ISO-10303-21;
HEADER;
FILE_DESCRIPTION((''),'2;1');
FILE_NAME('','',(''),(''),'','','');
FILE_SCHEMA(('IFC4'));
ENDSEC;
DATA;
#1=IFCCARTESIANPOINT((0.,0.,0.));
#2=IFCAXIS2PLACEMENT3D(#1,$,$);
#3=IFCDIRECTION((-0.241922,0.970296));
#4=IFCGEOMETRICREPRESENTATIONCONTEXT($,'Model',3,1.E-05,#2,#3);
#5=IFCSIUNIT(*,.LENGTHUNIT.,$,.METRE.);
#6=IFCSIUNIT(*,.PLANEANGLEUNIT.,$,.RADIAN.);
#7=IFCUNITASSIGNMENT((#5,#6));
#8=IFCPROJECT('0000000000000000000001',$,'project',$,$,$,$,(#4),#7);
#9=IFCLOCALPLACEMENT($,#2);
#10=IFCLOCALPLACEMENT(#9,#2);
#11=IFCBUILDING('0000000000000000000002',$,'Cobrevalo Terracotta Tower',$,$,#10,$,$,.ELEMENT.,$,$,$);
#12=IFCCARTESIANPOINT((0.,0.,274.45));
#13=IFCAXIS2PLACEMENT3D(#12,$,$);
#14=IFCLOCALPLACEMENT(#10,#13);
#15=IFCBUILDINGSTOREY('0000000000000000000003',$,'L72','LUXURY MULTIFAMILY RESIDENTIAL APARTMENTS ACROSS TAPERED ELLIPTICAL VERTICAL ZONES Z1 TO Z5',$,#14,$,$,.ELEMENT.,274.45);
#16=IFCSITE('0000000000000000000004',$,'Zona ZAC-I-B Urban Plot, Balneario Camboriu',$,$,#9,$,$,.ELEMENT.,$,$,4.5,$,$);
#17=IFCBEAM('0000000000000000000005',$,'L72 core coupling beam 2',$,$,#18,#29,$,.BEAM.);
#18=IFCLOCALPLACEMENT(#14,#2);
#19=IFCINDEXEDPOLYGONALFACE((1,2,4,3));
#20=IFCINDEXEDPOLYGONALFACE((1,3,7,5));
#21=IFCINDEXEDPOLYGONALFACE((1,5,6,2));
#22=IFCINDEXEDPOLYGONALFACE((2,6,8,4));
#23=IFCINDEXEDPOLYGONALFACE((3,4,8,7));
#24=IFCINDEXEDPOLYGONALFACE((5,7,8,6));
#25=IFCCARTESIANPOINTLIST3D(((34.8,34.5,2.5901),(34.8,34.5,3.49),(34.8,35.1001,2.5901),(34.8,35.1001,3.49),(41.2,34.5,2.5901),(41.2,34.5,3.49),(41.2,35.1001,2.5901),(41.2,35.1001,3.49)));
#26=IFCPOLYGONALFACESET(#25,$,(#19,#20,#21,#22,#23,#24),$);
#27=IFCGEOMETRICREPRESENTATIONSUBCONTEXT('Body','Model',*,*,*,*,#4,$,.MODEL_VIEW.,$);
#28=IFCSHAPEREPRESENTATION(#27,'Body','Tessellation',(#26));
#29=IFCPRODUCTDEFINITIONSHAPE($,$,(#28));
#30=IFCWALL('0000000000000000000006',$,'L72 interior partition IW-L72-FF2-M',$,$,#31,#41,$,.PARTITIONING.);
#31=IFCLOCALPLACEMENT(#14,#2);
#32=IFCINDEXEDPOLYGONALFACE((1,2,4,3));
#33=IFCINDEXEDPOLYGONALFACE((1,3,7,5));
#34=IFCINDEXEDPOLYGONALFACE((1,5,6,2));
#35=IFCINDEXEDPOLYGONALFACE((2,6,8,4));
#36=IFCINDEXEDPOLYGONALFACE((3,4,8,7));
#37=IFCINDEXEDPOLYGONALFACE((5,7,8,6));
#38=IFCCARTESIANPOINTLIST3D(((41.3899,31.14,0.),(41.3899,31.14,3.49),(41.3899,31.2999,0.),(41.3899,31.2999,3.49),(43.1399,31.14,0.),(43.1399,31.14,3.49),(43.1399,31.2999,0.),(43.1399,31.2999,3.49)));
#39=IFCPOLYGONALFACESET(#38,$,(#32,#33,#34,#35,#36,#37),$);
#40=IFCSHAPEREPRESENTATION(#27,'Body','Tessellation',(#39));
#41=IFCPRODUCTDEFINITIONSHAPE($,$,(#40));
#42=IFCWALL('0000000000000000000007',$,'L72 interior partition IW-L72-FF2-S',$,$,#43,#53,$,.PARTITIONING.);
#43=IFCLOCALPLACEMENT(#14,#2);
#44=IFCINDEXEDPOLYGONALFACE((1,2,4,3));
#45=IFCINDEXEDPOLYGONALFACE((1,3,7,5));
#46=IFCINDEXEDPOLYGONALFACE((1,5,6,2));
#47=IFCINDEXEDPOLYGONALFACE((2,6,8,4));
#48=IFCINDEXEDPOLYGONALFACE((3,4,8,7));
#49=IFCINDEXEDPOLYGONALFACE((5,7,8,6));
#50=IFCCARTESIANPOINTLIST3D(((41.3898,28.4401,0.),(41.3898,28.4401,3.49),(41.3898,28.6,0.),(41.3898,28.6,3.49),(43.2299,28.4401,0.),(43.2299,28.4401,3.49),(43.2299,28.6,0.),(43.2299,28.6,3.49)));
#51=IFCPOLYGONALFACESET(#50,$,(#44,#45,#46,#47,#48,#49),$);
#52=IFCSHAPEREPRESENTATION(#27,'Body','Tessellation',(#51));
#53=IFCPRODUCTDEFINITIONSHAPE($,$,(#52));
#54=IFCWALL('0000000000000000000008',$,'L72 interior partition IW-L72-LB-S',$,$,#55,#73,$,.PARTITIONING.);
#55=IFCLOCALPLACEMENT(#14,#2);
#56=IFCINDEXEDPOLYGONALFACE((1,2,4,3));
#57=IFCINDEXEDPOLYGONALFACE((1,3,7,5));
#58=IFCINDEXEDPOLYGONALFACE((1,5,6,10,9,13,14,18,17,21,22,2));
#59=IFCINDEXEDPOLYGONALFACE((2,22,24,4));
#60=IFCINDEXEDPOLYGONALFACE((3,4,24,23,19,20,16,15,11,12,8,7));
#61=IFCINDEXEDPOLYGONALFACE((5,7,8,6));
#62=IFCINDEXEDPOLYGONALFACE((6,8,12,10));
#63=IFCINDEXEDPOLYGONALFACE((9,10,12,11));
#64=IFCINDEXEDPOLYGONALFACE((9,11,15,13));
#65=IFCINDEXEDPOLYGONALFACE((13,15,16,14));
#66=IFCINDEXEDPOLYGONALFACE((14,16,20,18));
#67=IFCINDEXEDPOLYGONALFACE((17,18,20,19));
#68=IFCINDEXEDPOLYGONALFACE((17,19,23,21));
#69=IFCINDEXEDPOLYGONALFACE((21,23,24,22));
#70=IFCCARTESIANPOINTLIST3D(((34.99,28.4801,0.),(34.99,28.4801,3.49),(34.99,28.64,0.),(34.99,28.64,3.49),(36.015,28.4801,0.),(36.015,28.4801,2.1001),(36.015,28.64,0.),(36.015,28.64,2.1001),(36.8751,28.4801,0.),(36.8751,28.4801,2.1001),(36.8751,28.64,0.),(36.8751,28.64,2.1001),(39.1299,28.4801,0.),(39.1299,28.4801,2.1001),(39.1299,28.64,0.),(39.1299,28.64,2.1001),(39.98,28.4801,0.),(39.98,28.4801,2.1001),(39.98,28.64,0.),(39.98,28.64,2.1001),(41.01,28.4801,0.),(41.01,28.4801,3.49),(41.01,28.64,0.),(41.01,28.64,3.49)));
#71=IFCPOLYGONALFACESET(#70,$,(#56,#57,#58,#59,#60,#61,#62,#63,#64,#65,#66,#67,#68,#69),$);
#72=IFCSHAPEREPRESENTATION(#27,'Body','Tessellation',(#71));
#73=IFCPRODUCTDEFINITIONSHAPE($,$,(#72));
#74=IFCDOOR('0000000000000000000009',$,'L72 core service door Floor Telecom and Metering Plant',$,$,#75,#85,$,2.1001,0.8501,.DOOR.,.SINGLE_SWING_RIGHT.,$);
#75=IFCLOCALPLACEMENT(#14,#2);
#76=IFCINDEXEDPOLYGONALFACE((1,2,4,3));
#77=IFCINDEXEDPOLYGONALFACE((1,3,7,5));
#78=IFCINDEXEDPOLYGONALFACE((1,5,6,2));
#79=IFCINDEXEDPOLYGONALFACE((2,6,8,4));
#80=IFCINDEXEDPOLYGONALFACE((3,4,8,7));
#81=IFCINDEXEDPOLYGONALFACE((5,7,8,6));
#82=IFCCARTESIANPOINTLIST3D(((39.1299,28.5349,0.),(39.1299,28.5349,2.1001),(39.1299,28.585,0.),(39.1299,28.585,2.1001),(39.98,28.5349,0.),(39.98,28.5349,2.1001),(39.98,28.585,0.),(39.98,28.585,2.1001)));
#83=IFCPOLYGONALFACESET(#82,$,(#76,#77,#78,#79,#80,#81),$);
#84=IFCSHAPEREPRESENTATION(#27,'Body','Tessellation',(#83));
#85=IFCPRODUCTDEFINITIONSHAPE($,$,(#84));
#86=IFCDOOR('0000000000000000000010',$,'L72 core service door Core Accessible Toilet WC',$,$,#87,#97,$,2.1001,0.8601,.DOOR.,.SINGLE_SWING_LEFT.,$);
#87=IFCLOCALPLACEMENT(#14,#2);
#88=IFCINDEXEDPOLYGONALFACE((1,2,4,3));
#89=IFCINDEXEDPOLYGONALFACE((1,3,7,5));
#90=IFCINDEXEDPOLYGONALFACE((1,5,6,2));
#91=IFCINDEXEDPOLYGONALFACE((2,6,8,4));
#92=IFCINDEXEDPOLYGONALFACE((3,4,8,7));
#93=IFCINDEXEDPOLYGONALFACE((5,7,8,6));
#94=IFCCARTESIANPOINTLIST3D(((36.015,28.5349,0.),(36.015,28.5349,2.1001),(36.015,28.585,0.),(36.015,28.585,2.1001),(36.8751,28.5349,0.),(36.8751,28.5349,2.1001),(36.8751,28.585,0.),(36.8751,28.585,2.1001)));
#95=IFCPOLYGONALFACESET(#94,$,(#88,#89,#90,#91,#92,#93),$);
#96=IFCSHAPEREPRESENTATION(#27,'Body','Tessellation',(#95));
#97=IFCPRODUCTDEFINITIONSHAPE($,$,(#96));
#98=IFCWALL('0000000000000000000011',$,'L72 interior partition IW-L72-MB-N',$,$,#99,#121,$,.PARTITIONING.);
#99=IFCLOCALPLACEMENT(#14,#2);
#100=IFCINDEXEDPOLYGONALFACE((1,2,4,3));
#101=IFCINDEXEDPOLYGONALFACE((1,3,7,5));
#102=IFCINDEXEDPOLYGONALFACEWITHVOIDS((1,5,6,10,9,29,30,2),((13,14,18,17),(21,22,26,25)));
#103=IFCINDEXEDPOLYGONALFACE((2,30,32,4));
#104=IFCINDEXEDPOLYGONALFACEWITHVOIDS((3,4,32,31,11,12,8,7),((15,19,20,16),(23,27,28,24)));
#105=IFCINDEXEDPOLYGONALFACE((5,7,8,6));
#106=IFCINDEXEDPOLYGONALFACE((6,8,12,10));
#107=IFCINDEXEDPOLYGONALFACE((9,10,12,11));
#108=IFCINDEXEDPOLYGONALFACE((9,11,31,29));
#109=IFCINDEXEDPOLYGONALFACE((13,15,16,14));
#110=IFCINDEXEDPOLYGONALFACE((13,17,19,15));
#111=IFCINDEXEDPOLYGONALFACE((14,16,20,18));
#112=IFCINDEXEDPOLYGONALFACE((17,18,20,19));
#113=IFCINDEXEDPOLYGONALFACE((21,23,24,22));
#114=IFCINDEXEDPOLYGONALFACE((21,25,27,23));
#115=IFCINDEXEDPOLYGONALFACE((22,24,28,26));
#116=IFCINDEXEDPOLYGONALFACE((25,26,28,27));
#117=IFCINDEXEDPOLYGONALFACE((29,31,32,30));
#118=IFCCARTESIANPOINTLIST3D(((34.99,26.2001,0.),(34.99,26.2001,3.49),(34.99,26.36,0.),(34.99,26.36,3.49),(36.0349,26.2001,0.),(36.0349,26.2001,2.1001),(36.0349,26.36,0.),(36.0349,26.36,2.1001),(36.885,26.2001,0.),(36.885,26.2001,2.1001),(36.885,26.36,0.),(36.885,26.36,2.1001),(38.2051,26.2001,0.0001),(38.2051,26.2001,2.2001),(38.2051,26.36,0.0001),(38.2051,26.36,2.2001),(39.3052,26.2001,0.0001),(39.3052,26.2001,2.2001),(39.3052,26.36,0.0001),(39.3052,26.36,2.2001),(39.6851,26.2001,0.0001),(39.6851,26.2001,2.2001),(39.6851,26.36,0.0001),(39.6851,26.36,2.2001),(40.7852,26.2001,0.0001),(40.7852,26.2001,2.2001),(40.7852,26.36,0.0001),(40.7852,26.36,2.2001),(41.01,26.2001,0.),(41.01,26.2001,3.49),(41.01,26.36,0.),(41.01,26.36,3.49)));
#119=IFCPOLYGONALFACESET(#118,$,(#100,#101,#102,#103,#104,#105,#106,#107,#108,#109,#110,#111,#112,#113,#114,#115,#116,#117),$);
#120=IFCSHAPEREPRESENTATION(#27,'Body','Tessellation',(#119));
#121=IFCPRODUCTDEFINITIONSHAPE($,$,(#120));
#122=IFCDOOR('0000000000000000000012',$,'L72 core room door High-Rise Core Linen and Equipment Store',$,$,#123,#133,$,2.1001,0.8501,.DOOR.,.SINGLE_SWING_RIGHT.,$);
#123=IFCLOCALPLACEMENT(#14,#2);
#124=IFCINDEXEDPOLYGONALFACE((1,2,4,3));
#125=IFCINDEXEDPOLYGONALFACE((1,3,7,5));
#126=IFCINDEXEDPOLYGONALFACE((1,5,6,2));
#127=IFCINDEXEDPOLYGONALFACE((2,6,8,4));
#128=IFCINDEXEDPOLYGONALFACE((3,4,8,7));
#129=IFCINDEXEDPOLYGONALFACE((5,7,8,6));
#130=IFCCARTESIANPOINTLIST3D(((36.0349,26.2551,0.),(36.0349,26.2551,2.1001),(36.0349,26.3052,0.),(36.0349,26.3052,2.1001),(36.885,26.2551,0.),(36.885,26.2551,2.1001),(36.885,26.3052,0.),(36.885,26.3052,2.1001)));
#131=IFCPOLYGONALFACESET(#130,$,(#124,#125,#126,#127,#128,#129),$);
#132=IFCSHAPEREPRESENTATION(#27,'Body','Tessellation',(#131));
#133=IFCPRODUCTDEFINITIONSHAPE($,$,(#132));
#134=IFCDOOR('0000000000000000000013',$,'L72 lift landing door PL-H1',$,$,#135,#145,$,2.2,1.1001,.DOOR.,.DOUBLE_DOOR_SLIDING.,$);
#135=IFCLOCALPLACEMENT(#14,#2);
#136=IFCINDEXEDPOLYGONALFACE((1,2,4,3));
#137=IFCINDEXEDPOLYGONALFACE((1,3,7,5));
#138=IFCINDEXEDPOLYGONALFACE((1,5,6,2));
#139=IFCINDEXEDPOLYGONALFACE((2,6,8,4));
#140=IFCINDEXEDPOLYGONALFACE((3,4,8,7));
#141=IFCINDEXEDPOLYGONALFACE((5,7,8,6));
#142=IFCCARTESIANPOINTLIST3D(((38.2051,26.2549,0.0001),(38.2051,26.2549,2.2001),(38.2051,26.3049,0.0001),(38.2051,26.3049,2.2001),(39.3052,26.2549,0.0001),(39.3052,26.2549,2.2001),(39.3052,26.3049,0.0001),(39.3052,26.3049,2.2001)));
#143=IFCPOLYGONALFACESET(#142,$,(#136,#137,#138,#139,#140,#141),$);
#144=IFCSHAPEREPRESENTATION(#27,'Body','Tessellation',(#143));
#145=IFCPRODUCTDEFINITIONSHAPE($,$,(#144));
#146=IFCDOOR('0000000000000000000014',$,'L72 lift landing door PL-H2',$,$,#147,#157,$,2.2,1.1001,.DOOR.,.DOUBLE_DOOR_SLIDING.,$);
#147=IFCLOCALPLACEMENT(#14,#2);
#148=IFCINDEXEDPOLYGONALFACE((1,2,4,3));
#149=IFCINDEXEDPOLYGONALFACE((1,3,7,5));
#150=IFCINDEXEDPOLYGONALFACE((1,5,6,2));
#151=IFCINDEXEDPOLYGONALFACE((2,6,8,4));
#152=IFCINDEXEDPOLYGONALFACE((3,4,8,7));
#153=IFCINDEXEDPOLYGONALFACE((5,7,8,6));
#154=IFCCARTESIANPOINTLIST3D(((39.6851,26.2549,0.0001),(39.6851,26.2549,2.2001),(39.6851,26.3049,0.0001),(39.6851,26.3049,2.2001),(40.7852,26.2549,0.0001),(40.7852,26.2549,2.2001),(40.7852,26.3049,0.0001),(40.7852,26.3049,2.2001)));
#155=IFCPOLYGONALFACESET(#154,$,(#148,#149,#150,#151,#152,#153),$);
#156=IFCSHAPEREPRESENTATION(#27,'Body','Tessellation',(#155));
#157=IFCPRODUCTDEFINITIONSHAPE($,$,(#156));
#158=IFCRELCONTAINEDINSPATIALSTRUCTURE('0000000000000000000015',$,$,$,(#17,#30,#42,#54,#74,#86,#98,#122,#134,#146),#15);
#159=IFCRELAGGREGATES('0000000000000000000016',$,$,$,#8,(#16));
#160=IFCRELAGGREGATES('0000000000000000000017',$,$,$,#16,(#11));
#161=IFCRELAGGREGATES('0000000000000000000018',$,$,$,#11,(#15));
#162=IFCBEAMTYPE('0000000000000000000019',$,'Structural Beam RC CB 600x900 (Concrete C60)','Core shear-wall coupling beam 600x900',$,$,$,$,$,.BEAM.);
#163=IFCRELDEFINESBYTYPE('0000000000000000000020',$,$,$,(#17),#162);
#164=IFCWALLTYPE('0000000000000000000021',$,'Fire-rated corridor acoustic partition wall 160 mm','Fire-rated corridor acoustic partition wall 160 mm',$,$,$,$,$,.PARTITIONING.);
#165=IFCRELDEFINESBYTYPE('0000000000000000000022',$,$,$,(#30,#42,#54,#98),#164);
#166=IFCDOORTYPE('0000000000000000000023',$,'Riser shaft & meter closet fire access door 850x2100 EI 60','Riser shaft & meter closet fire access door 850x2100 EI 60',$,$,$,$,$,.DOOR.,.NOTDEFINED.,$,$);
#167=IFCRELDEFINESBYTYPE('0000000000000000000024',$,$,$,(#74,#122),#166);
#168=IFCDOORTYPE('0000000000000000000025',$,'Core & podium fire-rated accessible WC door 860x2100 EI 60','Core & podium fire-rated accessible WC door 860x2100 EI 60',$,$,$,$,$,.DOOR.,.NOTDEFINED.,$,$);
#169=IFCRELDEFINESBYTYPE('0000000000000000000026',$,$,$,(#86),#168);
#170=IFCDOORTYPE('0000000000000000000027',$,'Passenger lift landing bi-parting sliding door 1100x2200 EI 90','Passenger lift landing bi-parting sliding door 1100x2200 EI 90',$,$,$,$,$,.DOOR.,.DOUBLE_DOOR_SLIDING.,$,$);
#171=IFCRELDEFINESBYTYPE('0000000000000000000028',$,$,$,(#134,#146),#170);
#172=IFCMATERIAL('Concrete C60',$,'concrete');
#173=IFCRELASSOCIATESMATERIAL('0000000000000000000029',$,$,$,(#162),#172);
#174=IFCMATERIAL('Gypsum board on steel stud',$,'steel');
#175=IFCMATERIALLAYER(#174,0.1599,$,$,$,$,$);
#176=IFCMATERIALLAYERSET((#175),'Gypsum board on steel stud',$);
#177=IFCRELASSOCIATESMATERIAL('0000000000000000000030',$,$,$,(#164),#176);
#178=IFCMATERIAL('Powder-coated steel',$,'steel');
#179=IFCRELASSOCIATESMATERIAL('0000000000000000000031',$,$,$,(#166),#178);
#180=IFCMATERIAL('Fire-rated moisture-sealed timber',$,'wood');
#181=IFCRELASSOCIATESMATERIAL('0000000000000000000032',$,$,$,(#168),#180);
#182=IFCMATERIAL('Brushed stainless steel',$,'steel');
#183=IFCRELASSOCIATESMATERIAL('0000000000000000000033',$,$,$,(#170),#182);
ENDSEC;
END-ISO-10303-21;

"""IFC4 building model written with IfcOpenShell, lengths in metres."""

from ifc_helpers import new_model, si_unit, direction, frame, frame_2d, origin, origin_2d, place, context, subcontext, project, spatial, rectangle, extrude, source, transform, mapped, material, layer, layer_set, material_profile, profile_set, type_object, element, fill, save


model = new_model("IFC4")

# Units and contexts
model_context = context("Model", 3, precision=1e-05, world=origin(), true_north=direction((-0.241922, 0.970296)))
body_context = subcontext(model_context, "Body", "Model", "MODEL_VIEW")
ifc_project = project(units=[si_unit("LENGTHUNIT", "METRE"), si_unit("PLANEANGLEUNIT", "RADIAN")], contexts=[model_context])

# Site, building, storey
site_placement = place(None, origin())
site = spatial("IfcSite", under=ifc_project, at=site_placement, Name="Zona ZAC-I-B Urban Plot, Balneario Camboriu", CompositionType="ELEMENT", RefElevation=4.5)
building_placement = place(site_placement, origin())
building = spatial("IfcBuilding", under=site, at=building_placement, Name="Cobrevalo Terracotta Tower", CompositionType="ELEMENT")
storey_placement = place(building_placement, frame((0.0, 0.0, 274.45)))
storey = spatial("IfcBuildingStorey", under=building, at=storey_placement, Name="L72", Description="LUXURY MULTIFAMILY RESIDENTIAL APARTMENTS ACROSS TAPERED ELLIPTICAL VERTICAL ZONES Z1 TO Z5", CompositionType="ELEMENT", Elevation=274.45)

# Beam
ifc_material_1 = material(Name="Concrete C60", Category="concrete")
ifc_material_profile = material_profile(ifc_material_1, rectangle(XDim=0.6001, YDim=0.8999, at=origin_2d()), Name="RC CB 600x900")
ifc_profile_set = profile_set([ifc_material_profile], Name="Concrete C60")
beam_type = type_object("IfcBeamType", Name="Structural Beam RC CB 600x900 (Concrete C60)", Description="Core shear-wall coupling beam 600x900", PredefinedType="BEAM", material=ifc_profile_set)
beam_placement = place(storey_placement, frame((34.8, 34.8, 3.04), z_axis=(1.0, 0.0, 0.0), x_axis=(0.0, 1.0, 0.0)))
element("IfcBeam", 1, at=beam_placement, inside=storey, type_object=beam_type, Name="L72 core coupling beam 2", PredefinedType="BEAM", context=body_context, shape_type="SweptSolid", body=[
    extrude(rectangle(XDim=0.6001, YDim=0.8999, at=origin_2d()), origin(), (0.0, 0.0, 1.0), 6.3999),
])

# Walls
ifc_material_2 = material(Name="Gypsum board on steel stud", Category="steel")
ifc_layer_1 = layer(ifc_material_2, 0.1599)
ifc_layer_set_1 = layer_set([ifc_layer_1], Name="Gypsum board on steel stud")
wall_type_1 = type_object("IfcWallType", Name="Fire-rated corridor acoustic partition wall 160 mm", Description="Fire-rated corridor acoustic partition wall 160 mm", PredefinedType="PARTITIONING", material=ifc_layer_set_1)
wall_1_placement = place(storey_placement, frame((41.3899, 31.22, 0.0), z_axis=(0.0, 0.0, 1.0), x_axis=(1.0, 0.0, 0.0)))
element("IfcWall", 2, at=wall_1_placement, inside=storey, type_object=wall_type_1, Name="L72 interior partition IW-L72-FF2-M", PredefinedType="PARTITIONING", context=body_context, shape_type="SweptSolid", body=[
    extrude(rectangle(XDim=1.75, YDim=0.1599, at=frame_2d((0.875, 0.0))), origin(), (0.0, 0.0, 1.0), 3.49),
])
wall_2_placement = place(storey_placement, frame((41.3899, 28.52, 0.0), z_axis=(0.0, 0.0, 1.0), x_axis=(1.0, 0.0, 0.0)))
element("IfcWall", 3, at=wall_2_placement, inside=storey, type_object=wall_type_1, Name="L72 interior partition IW-L72-FF2-S", PredefinedType="PARTITIONING", context=body_context, shape_type="SweptSolid", body=[
    extrude(rectangle(XDim=1.8401, YDim=0.1599, at=frame_2d((0.9199, 0.0))), origin(), (0.0, 0.0, 1.0), 3.49),
])

# Walls, openings, doors
wall_3_placement = place(storey_placement, frame((34.99, 28.5601, 0.0), z_axis=(0.0, 0.0, 1.0), x_axis=(1.0, 0.0, 0.0)))
wall_3 = element("IfcWall", 4, at=wall_3_placement, inside=storey, type_object=wall_type_1, Name="L72 interior partition IW-L72-LB-S", PredefinedType="PARTITIONING", context=body_context, shape_type="SweptSolid", body=[
    extrude(rectangle(XDim=6.02, YDim=0.1599, at=frame_2d((3.01, 0.0))), origin(), (0.0, 0.0, 1.0), 3.49),
])
opening_1_placement = place(wall_3_placement, frame((1.0249, 0.0, 0.0)))
opening_1 = element("IfcOpeningElement", 5, at=opening_1_placement, cuts=wall_3, PredefinedType="OPENING", context=body_context, shape_type="SweptSolid", body=[
    extrude(rectangle(XDim=0.8601, YDim=2.1001, at=frame_2d((0.4302, 1.05))), frame((0.0, 0.0898, 0.0), z_axis=(0.0, -1.0, 0.0), x_axis=(1.0, 0.0, 0.0)), (0.0, 0.0, 1.0), 0.1799),
])
opening_2_placement = place(wall_3_placement, frame((4.1399, 0.0, 0.0)))
opening_2 = element("IfcOpeningElement", 6, at=opening_2_placement, cuts=wall_3, PredefinedType="OPENING", context=body_context, shape_type="SweptSolid", body=[
    extrude(rectangle(XDim=0.8501, YDim=2.1001, at=frame_2d((0.425, 1.05))), frame((0.0, 0.0898, 0.0), z_axis=(0.0, -1.0, 0.0), x_axis=(1.0, 0.0, 0.0)), (0.0, 0.0, 1.0), 0.1799),
])
ifc_material_3 = material(Name="Powder-coated steel", Category="steel")
door_type_1 = type_object("IfcDoorType", Name="Riser shaft & meter closet fire access door 850x2100 EI 60", Description="Riser shaft & meter closet fire access door 850x2100 EI 60", OperationType="NOTDEFINED", PredefinedType="DOOR", material=ifc_material_3)
shared_shape_1 = source(origin(), body_context, "Body", "SweptSolid", [
    extrude(rectangle(XDim=0.8501, YDim=2.1001, at=frame_2d((0.425, 1.05))), frame((0.0, 0.0249, 0.0), z_axis=(0.0, -1.0, 0.0), x_axis=(1.0, 0.0, 0.0)), (0.0, 0.0, 1.0), 0.05),
])
door_1_placement = place(opening_2_placement, origin())
door_1 = element("IfcDoor", 7, at=door_1_placement, inside=storey, type_object=door_type_1, Name="L72 core service door Floor Telecom and Metering Plant", OperationType="SINGLE_SWING_RIGHT", OverallHeight=2.1001, OverallWidth=0.8501, PredefinedType="DOOR", context=body_context, shape_type="MappedRepresentation", body=[
    mapped(shared_shape_1, transform((0.0, 0.0, 0.0), scale=1.0)),
])
fill(opening_2, door_1)
ifc_material_4 = material(Name="Fire-rated moisture-sealed timber", Category="wood")
door_type_2 = type_object("IfcDoorType", Name="Core & podium fire-rated accessible WC door 860x2100 EI 60", Description="Core & podium fire-rated accessible WC door 860x2100 EI 60", OperationType="NOTDEFINED", PredefinedType="DOOR", material=ifc_material_4)
shared_shape_2 = source(origin(), body_context, "Body", "SweptSolid", [
    extrude(rectangle(XDim=0.8601, YDim=2.1001, at=frame_2d((0.4302, 1.05))), frame((0.0, 0.0249, 0.0), z_axis=(0.0, -1.0, 0.0), x_axis=(1.0, 0.0, 0.0)), (0.0, 0.0, 1.0), 0.05),
])
door_2_placement = place(opening_1_placement, origin())
door_2 = element("IfcDoor", 8, at=door_2_placement, inside=storey, type_object=door_type_2, Name="L72 core service door Core Accessible Toilet WC", OperationType="SINGLE_SWING_LEFT", OverallHeight=2.1001, OverallWidth=0.8601, PredefinedType="DOOR", context=body_context, shape_type="MappedRepresentation", body=[
    mapped(shared_shape_2, transform((0.0, 0.0, 0.0), scale=1.0)),
])
fill(opening_1, door_2)
wall_4_placement = place(storey_placement, frame((34.99, 26.28, 0.0), z_axis=(0.0, 0.0, 1.0), x_axis=(1.0, 0.0, 0.0)))
wall_4 = element("IfcWall", 9, at=wall_4_placement, inside=storey, type_object=wall_type_1, Name="L72 interior partition IW-L72-MB-N", PredefinedType="PARTITIONING", context=body_context, shape_type="SweptSolid", body=[
    extrude(rectangle(XDim=6.02, YDim=0.1599, at=frame_2d((3.01, 0.0))), origin(), (0.0, 0.0, 1.0), 3.49),
])
opening_3_placement = place(wall_4_placement, frame((1.0449, 0.0, 0.0)))
opening_3 = element("IfcOpeningElement", 10, at=opening_3_placement, cuts=wall_4, PredefinedType="OPENING", context=body_context, shape_type="SweptSolid", body=[
    extrude(rectangle(XDim=0.8501, YDim=2.1001, at=frame_2d((0.425, 1.05))), frame((0.0, 0.0898, 0.0), z_axis=(0.0, -1.0, 0.0), x_axis=(1.0, 0.0, 0.0)), (0.0, 0.0, 1.0), 0.1799),
])
opening_4_placement = place(wall_4_placement, frame((3.2151, 0.0, 0.0)))
opening_4 = element("IfcOpeningElement", 11, at=opening_4_placement, cuts=wall_4, PredefinedType="OPENING", context=body_context, shape_type="SweptSolid", body=[
    extrude(rectangle(XDim=1.1001, YDim=2.2, at=frame_2d((0.55, 1.1001))), frame((0.0, 0.0898, 0.0), z_axis=(0.0, -1.0, 0.0), x_axis=(1.0, 0.0, 0.0)), (0.0, 0.0, 1.0), 0.1799),
])
opening_5_placement = place(wall_4_placement, frame((4.6951, 0.0, 0.0)))
opening_5 = element("IfcOpeningElement", 12, at=opening_5_placement, cuts=wall_4, PredefinedType="OPENING", context=body_context, shape_type="SweptSolid", body=[
    extrude(rectangle(XDim=1.1001, YDim=2.2, at=frame_2d((0.55, 1.1001))), frame((0.0, 0.0898, 0.0), z_axis=(0.0, -1.0, 0.0), x_axis=(1.0, 0.0, 0.0)), (0.0, 0.0, 1.0), 0.1799),
])
door_3_placement = place(opening_3_placement, frame((0.8501, 0.0, 0.0), z_axis=(0.0, 0.0, 1.0), x_axis=(-1.0, 0.0, 0.0)))
door_3 = element("IfcDoor", 13, at=door_3_placement, inside=storey, type_object=door_type_1, Name="L72 core room door High-Rise Core Linen and Equipment Store", OperationType="SINGLE_SWING_RIGHT", OverallHeight=2.1001, OverallWidth=0.8501, PredefinedType="DOOR", context=body_context, shape_type="MappedRepresentation", body=[
    mapped(shared_shape_1, transform((0.0, 0.0, 0.0), scale=1.0)),
])
fill(opening_3, door_3)
ifc_material_5 = material(Name="Brushed stainless steel", Category="steel")
door_type_3 = type_object("IfcDoorType", Name="Passenger lift landing bi-parting sliding door 1100x2200 EI 90", Description="Passenger lift landing bi-parting sliding door 1100x2200 EI 90", OperationType="DOUBLE_DOOR_SLIDING", PredefinedType="DOOR", material=ifc_material_5)
shared_shape_3 = source(origin(), body_context, "Body", "SweptSolid", [
    extrude(rectangle(XDim=1.1001, YDim=2.2, at=frame_2d((0.55, 1.1001))), frame((0.0, 0.0249, 0.0), z_axis=(0.0, -1.0, 0.0), x_axis=(1.0, 0.0, 0.0)), (0.0, 0.0, 1.0), 0.05),
])
door_4_placement = place(opening_4_placement, origin())
door_4 = element("IfcDoor", 14, at=door_4_placement, inside=storey, type_object=door_type_3, Name="L72 lift landing door PL-H1", OperationType="DOUBLE_DOOR_SLIDING", OverallHeight=2.2, OverallWidth=1.1001, PredefinedType="DOOR", context=body_context, shape_type="MappedRepresentation", body=[
    mapped(shared_shape_3, transform((0.0, 0.0, 0.0), scale=1.0)),
])
fill(opening_4, door_4)
door_5_placement = place(opening_5_placement, origin())
door_5 = element("IfcDoor", 15, at=door_5_placement, inside=storey, type_object=door_type_3, Name="L72 lift landing door PL-H2", OperationType="DOUBLE_DOOR_SLIDING", OverallHeight=2.2, OverallWidth=1.1001, PredefinedType="DOOR", context=body_context, shape_type="MappedRepresentation", body=[
    mapped(shared_shape_3, transform((0.0, 0.0, 0.0), scale=1.0)),
])
fill(opening_5, door_5)

save(model, "model.ifc")
